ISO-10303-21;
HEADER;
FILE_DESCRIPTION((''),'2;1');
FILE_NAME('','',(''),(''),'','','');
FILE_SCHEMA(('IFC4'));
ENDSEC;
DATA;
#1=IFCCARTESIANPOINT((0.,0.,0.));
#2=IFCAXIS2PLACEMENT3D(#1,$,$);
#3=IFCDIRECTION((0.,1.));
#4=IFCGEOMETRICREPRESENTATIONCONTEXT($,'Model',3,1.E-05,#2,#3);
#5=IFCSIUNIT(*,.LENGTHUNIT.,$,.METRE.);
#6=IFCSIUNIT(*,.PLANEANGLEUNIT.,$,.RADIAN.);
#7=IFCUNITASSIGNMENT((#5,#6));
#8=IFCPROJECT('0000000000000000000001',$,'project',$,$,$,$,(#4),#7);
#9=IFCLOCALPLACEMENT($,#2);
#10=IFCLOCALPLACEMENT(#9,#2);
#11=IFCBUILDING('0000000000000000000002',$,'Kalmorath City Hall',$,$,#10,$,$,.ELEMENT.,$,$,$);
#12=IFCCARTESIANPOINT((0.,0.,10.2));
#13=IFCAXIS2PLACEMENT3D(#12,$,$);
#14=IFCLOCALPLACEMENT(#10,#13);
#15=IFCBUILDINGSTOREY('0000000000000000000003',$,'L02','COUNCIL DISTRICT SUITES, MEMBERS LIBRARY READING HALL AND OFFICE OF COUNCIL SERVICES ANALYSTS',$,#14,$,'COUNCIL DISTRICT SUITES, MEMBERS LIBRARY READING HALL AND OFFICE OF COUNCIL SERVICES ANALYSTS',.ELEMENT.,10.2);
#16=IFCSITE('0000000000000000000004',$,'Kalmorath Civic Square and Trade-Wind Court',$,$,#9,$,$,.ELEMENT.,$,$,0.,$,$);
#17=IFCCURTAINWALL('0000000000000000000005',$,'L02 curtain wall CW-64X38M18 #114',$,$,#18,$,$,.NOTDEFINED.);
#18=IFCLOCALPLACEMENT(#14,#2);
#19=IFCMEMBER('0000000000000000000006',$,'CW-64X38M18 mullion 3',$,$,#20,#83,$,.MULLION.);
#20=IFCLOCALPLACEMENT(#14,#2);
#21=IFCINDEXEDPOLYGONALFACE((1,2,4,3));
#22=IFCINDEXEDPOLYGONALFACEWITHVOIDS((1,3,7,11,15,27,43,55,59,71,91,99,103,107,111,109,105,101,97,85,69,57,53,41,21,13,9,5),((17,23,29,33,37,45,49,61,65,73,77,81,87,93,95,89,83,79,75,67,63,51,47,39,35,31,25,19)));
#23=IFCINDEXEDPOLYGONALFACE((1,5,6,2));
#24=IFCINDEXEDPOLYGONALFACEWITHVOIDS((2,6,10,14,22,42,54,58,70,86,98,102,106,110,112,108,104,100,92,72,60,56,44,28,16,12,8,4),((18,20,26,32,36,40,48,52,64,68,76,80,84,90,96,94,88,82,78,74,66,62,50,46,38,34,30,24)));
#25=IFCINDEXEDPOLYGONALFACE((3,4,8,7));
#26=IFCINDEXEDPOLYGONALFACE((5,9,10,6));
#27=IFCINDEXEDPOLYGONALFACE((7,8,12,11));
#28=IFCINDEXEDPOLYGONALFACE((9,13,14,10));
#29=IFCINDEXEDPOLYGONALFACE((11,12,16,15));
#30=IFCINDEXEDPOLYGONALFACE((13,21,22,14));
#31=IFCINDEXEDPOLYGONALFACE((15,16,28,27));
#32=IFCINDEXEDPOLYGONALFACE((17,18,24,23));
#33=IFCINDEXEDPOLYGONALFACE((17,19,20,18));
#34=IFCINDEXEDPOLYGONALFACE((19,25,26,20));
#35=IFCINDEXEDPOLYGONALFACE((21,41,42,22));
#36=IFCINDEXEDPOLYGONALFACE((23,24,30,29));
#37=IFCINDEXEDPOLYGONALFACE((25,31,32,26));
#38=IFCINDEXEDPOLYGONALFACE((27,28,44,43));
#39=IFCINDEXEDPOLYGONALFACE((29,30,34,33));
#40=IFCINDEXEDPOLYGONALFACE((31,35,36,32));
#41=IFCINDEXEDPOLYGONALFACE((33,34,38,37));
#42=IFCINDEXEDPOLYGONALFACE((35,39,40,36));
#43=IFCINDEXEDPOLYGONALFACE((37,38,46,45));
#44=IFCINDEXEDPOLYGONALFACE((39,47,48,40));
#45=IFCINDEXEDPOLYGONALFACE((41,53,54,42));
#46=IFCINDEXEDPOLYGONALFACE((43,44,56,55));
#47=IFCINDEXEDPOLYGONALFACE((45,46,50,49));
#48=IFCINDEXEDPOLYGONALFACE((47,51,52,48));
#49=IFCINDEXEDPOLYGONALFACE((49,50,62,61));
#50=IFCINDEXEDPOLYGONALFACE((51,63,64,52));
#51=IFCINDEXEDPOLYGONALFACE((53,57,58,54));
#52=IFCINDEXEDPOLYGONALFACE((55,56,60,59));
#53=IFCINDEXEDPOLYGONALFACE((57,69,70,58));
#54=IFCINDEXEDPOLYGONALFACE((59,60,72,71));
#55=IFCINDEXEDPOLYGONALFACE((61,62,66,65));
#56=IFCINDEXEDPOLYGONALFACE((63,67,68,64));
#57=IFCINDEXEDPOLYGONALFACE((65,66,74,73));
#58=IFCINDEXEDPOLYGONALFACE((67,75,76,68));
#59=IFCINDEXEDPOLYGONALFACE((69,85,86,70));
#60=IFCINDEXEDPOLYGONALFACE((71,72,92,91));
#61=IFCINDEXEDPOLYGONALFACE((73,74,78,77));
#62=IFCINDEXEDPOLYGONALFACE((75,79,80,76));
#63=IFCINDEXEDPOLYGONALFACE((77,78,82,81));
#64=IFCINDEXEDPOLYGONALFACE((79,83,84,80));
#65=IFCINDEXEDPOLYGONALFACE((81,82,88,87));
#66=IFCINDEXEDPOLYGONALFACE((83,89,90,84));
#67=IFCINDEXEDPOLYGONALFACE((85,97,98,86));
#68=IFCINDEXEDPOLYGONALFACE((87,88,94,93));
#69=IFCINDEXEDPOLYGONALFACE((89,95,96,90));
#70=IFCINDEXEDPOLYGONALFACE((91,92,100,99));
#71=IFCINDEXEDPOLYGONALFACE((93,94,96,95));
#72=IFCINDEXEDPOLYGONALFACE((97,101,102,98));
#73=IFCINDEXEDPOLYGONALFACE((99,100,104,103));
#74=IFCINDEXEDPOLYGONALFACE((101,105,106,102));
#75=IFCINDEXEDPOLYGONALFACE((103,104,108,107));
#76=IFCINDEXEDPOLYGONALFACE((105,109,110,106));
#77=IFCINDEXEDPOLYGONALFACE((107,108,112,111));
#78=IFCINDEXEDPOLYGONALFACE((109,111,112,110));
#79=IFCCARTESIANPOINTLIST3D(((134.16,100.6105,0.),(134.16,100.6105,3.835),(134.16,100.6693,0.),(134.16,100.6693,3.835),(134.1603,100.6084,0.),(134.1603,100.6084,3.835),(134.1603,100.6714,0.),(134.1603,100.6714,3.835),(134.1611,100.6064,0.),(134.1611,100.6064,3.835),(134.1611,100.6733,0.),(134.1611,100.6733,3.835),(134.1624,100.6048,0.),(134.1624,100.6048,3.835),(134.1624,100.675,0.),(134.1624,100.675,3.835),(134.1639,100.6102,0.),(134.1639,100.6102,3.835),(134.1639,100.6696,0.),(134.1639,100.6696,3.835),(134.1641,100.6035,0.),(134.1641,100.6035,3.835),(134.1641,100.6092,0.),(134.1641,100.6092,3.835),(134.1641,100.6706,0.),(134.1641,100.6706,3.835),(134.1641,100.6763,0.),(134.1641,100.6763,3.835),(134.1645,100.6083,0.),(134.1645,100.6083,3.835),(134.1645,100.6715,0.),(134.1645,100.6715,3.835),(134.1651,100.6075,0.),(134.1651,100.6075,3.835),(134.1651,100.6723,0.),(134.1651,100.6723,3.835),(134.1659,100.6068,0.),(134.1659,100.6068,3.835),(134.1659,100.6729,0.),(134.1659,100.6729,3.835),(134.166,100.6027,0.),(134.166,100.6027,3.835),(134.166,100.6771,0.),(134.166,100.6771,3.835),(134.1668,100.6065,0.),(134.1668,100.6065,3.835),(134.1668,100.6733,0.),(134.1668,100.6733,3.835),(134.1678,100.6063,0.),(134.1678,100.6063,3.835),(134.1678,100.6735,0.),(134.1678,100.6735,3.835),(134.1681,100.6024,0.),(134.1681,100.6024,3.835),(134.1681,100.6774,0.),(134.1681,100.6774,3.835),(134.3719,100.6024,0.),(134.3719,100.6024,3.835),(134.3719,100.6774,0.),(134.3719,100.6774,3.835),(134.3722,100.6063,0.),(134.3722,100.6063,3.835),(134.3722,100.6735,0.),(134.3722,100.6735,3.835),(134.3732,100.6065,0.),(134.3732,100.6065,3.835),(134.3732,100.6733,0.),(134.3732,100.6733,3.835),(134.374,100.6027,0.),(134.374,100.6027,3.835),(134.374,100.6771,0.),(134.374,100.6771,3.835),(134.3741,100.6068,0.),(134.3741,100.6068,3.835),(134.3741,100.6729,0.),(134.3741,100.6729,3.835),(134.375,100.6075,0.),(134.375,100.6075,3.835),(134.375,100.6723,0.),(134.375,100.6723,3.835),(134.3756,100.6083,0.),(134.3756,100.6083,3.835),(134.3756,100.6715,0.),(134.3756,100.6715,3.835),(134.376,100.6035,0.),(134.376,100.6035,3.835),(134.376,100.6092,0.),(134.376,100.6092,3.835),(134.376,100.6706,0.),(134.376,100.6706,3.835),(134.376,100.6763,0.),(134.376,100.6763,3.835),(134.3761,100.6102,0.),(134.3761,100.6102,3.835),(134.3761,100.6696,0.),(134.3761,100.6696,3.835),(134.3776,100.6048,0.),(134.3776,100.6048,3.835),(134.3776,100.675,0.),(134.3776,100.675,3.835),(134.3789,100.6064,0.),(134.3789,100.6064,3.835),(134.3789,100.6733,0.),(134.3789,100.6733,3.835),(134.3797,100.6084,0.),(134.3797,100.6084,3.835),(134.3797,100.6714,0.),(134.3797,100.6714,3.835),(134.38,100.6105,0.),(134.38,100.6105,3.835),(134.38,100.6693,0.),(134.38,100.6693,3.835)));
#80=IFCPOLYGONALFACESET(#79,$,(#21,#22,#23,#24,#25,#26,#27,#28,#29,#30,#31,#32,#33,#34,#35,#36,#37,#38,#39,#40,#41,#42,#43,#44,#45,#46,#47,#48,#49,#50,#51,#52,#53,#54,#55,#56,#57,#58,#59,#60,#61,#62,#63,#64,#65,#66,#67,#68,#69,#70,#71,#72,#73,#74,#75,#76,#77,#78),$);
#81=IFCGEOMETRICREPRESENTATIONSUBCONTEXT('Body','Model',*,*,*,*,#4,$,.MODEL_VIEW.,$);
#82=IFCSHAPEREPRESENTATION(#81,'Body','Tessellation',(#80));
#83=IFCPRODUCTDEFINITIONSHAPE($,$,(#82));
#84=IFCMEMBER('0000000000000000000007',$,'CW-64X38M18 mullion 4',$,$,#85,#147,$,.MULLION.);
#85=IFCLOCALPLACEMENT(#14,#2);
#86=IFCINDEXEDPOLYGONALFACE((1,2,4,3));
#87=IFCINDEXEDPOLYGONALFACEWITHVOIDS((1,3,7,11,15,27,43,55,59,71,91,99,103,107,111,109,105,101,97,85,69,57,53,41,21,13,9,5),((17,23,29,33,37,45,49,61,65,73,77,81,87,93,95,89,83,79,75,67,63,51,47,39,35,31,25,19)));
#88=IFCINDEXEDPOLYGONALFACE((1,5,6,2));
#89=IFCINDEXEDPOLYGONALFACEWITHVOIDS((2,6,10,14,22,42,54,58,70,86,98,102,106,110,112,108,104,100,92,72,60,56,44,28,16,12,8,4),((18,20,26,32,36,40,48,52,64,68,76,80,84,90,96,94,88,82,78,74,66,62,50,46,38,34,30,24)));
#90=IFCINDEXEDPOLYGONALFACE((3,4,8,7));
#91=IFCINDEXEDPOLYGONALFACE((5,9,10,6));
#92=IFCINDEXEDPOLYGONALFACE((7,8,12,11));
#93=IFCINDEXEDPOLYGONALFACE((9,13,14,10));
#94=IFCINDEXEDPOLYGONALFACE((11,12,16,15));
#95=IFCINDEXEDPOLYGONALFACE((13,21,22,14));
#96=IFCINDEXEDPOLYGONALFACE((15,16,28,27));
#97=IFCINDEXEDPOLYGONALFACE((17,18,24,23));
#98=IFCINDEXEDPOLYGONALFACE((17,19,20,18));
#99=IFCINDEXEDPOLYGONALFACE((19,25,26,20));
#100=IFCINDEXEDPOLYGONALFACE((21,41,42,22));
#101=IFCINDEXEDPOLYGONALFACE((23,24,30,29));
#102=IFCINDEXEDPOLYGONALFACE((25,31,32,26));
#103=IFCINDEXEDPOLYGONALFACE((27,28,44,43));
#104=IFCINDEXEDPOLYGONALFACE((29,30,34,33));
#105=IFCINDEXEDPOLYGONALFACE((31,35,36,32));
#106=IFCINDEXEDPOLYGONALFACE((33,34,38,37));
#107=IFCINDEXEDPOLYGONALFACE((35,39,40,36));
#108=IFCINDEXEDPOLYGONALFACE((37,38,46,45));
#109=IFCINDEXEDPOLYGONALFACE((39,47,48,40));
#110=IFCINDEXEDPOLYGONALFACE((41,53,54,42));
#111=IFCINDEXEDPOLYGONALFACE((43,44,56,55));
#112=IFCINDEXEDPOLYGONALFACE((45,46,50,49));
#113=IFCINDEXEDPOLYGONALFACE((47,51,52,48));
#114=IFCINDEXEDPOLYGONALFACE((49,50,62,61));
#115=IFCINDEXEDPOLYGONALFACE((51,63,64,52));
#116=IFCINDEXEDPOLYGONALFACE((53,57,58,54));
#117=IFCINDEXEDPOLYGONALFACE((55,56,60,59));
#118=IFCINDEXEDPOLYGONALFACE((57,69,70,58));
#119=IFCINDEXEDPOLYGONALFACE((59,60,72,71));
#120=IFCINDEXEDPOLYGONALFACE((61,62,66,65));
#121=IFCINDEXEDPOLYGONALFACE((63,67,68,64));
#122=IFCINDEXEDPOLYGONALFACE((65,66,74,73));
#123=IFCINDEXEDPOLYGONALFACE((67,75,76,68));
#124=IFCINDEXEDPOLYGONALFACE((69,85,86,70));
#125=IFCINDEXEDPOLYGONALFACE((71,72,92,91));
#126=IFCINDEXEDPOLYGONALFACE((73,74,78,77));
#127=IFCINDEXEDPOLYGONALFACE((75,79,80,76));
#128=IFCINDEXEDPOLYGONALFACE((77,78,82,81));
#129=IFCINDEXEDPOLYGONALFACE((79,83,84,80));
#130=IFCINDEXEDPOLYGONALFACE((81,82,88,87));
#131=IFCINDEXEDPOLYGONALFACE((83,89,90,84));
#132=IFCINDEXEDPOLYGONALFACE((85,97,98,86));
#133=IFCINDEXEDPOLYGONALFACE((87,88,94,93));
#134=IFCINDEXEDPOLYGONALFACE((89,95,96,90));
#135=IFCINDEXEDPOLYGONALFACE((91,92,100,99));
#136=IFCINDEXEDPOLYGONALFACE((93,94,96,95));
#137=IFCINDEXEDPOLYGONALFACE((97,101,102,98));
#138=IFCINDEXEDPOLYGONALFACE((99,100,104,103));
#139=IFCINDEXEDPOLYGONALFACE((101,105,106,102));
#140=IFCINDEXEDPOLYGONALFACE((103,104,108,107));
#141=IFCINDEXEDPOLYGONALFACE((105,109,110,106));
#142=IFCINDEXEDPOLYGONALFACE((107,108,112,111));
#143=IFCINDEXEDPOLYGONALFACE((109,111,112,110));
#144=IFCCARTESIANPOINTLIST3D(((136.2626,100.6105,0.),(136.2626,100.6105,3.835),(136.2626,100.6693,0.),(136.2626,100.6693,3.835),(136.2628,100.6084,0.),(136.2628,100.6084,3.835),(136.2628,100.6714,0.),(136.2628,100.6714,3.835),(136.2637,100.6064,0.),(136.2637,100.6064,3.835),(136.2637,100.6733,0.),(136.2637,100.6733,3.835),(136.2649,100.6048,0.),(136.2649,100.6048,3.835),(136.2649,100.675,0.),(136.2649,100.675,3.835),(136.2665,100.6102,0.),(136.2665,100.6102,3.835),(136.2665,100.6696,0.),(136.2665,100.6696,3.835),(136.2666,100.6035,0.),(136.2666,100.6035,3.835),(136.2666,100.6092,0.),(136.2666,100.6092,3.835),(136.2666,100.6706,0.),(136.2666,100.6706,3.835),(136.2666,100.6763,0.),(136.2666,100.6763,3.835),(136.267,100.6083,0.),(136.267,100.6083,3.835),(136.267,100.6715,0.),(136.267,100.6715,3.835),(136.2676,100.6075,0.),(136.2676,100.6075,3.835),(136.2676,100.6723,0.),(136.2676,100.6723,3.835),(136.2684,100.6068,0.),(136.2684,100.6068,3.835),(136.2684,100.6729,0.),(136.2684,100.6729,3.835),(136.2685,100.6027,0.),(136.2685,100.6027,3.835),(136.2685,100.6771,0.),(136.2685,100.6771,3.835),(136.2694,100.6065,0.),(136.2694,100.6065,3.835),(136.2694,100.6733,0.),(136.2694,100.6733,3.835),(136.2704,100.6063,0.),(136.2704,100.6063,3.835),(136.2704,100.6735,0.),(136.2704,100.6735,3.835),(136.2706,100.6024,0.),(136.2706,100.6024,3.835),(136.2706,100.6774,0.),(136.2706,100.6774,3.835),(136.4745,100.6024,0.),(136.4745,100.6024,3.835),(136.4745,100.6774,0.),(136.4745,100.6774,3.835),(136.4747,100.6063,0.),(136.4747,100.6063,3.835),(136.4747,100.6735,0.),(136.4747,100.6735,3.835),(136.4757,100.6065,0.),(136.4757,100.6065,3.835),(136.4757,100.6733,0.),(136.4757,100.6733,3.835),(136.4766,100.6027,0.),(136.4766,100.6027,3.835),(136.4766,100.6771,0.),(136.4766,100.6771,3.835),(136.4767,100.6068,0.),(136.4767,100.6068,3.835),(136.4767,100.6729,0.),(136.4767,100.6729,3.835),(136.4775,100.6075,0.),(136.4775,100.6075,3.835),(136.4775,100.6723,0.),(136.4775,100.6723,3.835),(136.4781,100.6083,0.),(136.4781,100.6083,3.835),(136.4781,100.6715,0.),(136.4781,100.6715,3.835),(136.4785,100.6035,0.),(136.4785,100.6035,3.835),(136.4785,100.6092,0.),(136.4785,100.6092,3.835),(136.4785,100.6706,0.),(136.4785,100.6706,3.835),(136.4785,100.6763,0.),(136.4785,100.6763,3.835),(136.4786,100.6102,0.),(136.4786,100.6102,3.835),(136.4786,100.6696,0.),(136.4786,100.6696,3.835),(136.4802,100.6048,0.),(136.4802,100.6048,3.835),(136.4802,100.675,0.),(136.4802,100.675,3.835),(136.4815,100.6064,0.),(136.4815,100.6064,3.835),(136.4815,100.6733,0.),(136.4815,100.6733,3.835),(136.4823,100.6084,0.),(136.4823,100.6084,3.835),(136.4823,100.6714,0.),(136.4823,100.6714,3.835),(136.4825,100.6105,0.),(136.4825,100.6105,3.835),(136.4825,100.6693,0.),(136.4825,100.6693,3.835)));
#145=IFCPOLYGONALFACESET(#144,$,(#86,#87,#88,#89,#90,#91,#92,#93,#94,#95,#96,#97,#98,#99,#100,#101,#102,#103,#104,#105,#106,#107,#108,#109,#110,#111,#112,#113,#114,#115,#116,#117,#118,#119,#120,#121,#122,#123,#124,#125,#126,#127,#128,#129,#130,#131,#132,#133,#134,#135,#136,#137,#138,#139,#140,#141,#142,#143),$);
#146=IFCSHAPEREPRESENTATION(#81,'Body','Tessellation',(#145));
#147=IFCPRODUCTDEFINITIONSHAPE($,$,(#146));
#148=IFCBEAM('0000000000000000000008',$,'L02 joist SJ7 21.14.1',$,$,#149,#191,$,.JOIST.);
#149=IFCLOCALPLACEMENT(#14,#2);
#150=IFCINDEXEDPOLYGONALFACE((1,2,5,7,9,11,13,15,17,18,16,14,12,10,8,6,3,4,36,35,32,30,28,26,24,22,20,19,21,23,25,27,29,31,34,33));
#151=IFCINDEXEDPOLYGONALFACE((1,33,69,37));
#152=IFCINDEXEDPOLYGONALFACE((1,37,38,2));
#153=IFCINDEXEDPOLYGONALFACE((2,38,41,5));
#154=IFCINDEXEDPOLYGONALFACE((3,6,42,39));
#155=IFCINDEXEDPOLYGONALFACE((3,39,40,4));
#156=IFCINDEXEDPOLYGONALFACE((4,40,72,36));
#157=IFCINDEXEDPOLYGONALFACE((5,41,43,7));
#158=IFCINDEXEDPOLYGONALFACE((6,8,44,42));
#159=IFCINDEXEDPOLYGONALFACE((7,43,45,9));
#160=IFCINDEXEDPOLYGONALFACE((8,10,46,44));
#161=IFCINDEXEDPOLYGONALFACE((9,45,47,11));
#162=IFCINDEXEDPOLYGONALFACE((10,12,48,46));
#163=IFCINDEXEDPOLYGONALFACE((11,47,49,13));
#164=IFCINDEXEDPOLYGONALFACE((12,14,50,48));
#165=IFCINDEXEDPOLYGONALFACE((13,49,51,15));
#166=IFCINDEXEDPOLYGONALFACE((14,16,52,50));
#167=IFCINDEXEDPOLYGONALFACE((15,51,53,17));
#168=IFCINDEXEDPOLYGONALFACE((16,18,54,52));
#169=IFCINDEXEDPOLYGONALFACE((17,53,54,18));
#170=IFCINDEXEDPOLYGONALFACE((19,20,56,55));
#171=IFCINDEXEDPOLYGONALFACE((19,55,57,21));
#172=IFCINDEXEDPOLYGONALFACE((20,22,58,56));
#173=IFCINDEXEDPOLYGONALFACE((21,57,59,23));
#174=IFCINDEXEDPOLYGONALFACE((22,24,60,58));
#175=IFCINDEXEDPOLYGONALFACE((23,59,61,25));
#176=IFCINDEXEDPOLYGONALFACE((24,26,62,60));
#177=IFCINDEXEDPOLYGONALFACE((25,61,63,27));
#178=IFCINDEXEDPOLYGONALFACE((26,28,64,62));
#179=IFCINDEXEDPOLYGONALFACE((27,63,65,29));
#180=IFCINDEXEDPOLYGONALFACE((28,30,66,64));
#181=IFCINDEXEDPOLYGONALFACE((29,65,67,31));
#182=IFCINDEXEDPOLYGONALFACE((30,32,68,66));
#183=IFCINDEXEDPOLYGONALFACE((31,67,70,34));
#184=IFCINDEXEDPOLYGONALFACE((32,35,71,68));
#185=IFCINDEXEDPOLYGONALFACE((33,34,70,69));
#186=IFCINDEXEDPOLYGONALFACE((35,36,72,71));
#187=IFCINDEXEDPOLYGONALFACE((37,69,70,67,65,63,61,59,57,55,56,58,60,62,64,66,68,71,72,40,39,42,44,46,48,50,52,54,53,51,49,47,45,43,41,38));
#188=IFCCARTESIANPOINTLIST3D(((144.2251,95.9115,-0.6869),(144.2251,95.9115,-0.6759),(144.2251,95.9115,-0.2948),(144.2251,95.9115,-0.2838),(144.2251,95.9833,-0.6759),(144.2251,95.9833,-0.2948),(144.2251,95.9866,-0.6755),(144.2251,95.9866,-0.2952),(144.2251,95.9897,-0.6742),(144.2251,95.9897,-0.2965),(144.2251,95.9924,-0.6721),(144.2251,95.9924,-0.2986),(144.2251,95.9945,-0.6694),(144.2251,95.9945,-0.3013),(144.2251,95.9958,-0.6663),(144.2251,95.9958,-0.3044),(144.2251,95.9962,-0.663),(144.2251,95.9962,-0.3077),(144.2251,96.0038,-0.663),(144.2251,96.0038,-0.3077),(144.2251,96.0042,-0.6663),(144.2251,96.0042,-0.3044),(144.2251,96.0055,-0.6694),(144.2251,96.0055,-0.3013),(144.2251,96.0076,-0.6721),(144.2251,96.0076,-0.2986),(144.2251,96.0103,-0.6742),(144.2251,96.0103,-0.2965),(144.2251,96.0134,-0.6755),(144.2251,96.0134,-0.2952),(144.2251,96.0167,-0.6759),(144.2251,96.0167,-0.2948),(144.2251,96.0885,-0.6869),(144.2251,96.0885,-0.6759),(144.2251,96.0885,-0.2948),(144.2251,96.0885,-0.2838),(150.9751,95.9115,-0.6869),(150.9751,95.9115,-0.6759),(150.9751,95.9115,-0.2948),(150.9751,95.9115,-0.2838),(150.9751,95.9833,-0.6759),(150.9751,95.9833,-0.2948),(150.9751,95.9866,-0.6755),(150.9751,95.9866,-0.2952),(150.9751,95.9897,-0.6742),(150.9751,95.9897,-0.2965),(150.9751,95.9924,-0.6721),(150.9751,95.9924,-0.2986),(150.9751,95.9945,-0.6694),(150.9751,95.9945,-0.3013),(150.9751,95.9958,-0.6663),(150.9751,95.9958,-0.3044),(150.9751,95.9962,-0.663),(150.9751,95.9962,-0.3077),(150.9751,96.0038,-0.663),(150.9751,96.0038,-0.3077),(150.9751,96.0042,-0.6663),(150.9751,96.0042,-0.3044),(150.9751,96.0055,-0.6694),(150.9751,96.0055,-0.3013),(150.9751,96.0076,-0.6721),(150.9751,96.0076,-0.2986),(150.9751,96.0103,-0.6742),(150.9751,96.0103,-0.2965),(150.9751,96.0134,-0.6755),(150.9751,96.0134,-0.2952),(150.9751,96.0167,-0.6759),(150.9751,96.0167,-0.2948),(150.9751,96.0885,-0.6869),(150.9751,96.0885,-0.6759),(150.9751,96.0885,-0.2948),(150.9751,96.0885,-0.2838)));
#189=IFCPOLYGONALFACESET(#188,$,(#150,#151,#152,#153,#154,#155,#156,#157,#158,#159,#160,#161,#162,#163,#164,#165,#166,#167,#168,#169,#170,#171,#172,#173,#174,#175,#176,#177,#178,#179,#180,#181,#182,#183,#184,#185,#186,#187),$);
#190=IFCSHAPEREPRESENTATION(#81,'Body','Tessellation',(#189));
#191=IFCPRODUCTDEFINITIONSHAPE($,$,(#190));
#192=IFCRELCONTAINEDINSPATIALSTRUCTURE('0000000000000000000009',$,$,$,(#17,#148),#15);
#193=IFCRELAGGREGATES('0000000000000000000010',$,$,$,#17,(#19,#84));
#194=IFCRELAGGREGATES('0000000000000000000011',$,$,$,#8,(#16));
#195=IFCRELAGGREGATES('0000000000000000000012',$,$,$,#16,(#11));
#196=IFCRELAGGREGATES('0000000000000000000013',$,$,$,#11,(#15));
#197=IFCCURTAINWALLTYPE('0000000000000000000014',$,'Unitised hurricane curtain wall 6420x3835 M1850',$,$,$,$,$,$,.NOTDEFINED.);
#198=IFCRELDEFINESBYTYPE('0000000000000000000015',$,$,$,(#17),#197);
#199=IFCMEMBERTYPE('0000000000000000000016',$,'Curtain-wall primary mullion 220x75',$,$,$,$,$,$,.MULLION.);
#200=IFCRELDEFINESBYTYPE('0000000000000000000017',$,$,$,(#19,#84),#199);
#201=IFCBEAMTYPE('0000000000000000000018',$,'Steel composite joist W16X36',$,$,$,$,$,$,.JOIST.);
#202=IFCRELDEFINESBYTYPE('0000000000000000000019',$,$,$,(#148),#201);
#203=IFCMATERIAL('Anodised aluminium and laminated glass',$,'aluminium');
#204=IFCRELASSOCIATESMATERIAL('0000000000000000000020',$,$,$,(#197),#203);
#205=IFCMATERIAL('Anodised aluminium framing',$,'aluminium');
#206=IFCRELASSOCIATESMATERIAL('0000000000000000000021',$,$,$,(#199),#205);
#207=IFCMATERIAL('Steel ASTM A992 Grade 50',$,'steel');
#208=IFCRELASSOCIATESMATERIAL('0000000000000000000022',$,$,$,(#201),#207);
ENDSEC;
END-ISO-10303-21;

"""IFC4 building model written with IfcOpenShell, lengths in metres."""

from ifc_helpers import new_model, si_unit, direction, frame, origin, origin_2d, place, context, subcontext, project, spatial, hollow_rectangle, i_section, extrude, material, material_profile, profile_set, type_object, element, aggregate, save


model = new_model("IFC4")

# Units and contexts
model_context = context("Model", 3, precision=1e-05, world=origin(), true_north=direction((0.0, 1.0)))
body_context = subcontext(model_context, "Body", "Model", "MODEL_VIEW")
ifc_project = project(units=[si_unit("LENGTHUNIT", "METRE"), si_unit("PLANEANGLEUNIT", "RADIAN")], contexts=[model_context])

# Site, building, storey
site_placement = place(None, origin())
site = spatial("IfcSite", under=ifc_project, at=site_placement, Name="Kalmorath Civic Square and Trade-Wind Court", CompositionType="ELEMENT", RefElevation=0.0)
building_placement = place(site_placement, origin())
building = spatial("IfcBuilding", under=site, at=building_placement, Name="Kalmorath City Hall", CompositionType="ELEMENT")
storey_placement = place(building_placement, frame((0.0, 0.0, 10.2)))
storey = spatial("IfcBuildingStorey", under=building, at=storey_placement, Name="L02", Description="COUNCIL DISTRICT SUITES, MEMBERS LIBRARY READING HALL AND OFFICE OF COUNCIL SERVICES ANALYSTS", LongName="COUNCIL DISTRICT SUITES, MEMBERS LIBRARY READING HALL AND OFFICE OF COUNCIL SERVICES ANALYSTS", CompositionType="ELEMENT", Elevation=10.2)

# Curtain wall, members
ifc_material_1 = material(Name="Anodised aluminium and laminated glass", Category="aluminium")
curtain_wall_type = type_object("IfcCurtainWallType", Name="Unitised hurricane curtain wall 6420x3835 M1850", PredefinedType="NOTDEFINED", material=ifc_material_1)
curtain_wall_placement = place(storey_placement, origin())
curtain_wall = element("IfcCurtainWall", 1, at=curtain_wall_placement, inside=storey, type_object=curtain_wall_type, Name="L02 curtain wall CW-64X38M18 #114", PredefinedType="NOTDEFINED")
ifc_material_2 = material(Name="Anodised aluminium framing", Category="aluminium")
ifc_material_profile_1 = material_profile(ifc_material_2, hollow_rectangle(XDim=0.075, YDim=0.22, WallThickness=0.0039, InnerFilletRadius=0.0039, OuterFilletRadius=0.0081, at=origin_2d()), Name="ALU-MUL-220X75X4")
ifc_profile_set_1 = profile_set([ifc_material_profile_1], Name="Anodised aluminium framing")
member_type_1 = type_object("IfcMemberType", Name="Curtain-wall primary mullion 220x75", PredefinedType="MULLION", material=ifc_profile_set_1)
member_1_placement = place(storey_placement, frame((134.27, 100.6399, 0.0), z_axis=(0.0, 0.0, 1.0), x_axis=(0.0, 1.0, 0.0)))
member_1 = element("IfcMember", 2, at=member_1_placement, type_object=member_type_1, Name="CW-64X38M18 mullion 3", PredefinedType="MULLION", context=body_context, shape_type="SweptSolid", body=[
    extrude(hollow_rectangle(XDim=0.075, YDim=0.22, WallThickness=0.0039, InnerFilletRadius=0.0039, OuterFilletRadius=0.0081, at=origin_2d()), origin(), (0.0, 0.0, 1.0), 3.835),
])
member_2_placement = place(storey_placement, frame((136.3726, 100.6399, 0.0), z_axis=(0.0, 0.0, 1.0), x_axis=(0.0, 1.0, 0.0)))
member_2 = element("IfcMember", 3, at=member_2_placement, type_object=member_type_1, Name="CW-64X38M18 mullion 4", PredefinedType="MULLION", context=body_context, shape_type="SweptSolid", body=[
    extrude(hollow_rectangle(XDim=0.075, YDim=0.22, WallThickness=0.0039, InnerFilletRadius=0.0039, OuterFilletRadius=0.0081, at=origin_2d()), origin(), (0.0, 0.0, 1.0), 3.835),
])

# Beam
ifc_material_3 = material(Name="Steel ASTM A992 Grade 50", Category="steel")
ifc_material_profile_2 = material_profile(ifc_material_3, i_section(OverallWidth=0.177, OverallDepth=0.4031, WebThickness=0.0076, FlangeThickness=0.011, FilletRadius=0.0129, at=origin_2d()), Name="W16X36")
ifc_profile_set_2 = profile_set([ifc_material_profile_2], Name="Steel ASTM A992 Grade 50")
beam_type_1 = type_object("IfcBeamType", Name="Steel composite joist W16X36", PredefinedType="JOIST", material=ifc_profile_set_2)
for number, where, z_axis, x_axis, name in (
    (4, (144.2251, 96.0, -0.4854), (1.0, 0.0, 0.0), (0.0, 1.0, 0.0), "L02 joist SJ7 21.14.1"),
):
    element("IfcBeam", number, at=place(storey_placement, frame(where, z_axis=z_axis, x_axis=x_axis)), inside=storey, type_object=beam_type_1, Name=name, PredefinedType="JOIST", context=body_context, shape_type="SweptSolid", body=[
        extrude(i_section(OverallWidth=0.177, OverallDepth=0.4031, WebThickness=0.0076, FlangeThickness=0.011, FilletRadius=0.0129, at=origin_2d()), origin(), (0.0, 0.0, 1.0), 6.75),
    ])

aggregate(curtain_wall, [member_1, member_2])

save(model, "model.ifc")
